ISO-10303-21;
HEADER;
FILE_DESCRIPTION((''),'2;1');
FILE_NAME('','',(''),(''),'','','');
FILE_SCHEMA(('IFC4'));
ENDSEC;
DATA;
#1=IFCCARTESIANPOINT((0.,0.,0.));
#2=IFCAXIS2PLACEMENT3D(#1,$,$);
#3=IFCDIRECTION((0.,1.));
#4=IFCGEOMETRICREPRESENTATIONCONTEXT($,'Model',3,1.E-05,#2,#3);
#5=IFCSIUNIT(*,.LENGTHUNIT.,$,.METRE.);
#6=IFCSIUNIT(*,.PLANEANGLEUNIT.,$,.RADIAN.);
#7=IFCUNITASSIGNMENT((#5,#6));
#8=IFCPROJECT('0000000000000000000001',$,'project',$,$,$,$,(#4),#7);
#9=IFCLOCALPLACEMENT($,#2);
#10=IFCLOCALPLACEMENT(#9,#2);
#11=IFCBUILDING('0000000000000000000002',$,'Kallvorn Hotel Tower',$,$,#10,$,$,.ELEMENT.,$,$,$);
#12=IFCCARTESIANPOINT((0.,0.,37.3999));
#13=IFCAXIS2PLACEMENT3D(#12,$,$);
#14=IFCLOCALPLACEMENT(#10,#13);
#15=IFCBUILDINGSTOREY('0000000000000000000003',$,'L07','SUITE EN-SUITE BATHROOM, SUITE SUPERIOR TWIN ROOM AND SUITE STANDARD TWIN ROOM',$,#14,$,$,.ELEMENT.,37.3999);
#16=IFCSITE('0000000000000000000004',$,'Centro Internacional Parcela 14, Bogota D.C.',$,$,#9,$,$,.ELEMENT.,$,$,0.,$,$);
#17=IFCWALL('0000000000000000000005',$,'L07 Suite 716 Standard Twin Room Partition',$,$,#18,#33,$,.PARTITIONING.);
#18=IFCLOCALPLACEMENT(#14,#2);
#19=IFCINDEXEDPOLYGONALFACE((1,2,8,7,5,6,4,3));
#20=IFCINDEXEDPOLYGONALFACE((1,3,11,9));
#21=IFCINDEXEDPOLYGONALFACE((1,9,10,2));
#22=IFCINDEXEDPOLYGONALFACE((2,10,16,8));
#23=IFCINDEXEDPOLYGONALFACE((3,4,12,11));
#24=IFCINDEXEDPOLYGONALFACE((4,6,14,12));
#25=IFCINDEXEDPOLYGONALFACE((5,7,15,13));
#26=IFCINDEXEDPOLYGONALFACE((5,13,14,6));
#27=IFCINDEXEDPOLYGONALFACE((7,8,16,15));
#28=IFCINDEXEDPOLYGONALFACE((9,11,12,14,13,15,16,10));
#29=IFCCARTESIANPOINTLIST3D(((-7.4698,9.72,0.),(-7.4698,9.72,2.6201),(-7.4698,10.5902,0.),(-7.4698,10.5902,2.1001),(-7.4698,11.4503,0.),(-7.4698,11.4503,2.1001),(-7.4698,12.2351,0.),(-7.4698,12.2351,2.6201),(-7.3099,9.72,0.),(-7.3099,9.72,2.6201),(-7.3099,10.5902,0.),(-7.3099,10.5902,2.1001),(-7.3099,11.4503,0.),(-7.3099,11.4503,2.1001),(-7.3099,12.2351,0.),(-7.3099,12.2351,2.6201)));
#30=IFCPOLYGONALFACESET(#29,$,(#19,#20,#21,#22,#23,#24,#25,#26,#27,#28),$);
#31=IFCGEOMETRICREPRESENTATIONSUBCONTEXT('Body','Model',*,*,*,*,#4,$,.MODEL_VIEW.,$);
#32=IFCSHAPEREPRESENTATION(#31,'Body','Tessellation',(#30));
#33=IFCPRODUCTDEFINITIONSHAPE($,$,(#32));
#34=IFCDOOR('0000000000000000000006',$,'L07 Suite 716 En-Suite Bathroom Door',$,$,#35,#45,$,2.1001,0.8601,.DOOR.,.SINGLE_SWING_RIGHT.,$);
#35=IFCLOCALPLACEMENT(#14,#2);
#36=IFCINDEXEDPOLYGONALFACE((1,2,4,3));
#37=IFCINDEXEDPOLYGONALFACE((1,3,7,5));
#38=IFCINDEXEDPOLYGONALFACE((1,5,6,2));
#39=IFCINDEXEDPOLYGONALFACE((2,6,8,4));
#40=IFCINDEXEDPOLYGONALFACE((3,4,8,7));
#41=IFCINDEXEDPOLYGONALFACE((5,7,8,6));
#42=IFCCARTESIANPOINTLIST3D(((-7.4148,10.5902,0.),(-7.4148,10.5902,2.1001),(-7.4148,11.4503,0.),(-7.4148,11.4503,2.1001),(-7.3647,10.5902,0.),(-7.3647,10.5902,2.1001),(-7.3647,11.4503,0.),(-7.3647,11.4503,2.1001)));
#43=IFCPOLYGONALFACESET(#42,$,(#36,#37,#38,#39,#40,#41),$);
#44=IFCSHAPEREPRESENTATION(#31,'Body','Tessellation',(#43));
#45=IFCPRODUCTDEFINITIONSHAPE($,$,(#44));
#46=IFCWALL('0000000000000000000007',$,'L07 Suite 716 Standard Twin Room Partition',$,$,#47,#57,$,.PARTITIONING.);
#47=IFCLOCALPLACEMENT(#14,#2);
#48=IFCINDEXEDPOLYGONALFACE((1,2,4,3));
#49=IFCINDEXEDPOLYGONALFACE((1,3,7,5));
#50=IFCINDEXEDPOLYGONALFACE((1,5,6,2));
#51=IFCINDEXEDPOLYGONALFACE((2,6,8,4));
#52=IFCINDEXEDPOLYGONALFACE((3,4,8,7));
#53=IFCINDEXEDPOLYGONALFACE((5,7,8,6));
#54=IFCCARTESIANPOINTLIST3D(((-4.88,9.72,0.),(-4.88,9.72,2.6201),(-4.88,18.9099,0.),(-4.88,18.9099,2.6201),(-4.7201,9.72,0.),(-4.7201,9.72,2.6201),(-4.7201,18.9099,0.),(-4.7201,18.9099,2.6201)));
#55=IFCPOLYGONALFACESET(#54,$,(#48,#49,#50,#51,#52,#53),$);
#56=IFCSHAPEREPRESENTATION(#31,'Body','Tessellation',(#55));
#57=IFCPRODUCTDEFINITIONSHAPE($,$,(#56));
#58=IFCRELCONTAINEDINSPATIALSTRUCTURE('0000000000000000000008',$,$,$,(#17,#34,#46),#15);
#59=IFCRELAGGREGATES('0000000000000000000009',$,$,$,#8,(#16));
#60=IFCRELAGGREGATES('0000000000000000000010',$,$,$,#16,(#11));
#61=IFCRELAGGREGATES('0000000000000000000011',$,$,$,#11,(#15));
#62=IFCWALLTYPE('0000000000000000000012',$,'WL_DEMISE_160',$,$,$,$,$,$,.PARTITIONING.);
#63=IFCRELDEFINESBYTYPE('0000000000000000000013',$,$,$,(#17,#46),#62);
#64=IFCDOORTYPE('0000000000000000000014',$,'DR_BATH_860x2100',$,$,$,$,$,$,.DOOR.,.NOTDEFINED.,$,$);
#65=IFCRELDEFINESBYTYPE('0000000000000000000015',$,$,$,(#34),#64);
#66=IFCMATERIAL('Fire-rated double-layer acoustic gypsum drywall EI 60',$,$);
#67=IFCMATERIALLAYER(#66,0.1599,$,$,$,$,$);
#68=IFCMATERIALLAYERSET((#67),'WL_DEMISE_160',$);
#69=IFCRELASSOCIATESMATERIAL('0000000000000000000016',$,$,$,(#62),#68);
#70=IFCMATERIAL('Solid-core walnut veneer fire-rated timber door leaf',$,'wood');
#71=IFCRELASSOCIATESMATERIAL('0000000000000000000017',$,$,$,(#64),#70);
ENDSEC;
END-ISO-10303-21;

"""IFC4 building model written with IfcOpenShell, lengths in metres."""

from ifc_helpers import new_model, si_unit, direction, frame, frame_2d, origin, place, context, subcontext, project, spatial, rectangle, extrude, material, layer, layer_set, type_object, element, fill, save


model = new_model("IFC4")

# Units and contexts
model_context = context("Model", 3, precision=1e-05, world=origin(), true_north=direction((0.0, 1.0)))
body_context = subcontext(model_context, "Body", "Model", "MODEL_VIEW")
ifc_project = project(units=[si_unit("LENGTHUNIT", "METRE"), si_unit("PLANEANGLEUNIT", "RADIAN")], contexts=[model_context])

# Site, building, storey
site_placement = place(None, origin())
site = spatial("IfcSite", under=ifc_project, at=site_placement, Name="Centro Internacional Parcela 14, Bogota D.C.", CompositionType="ELEMENT", RefElevation=0.0)
building_placement = place(site_placement, origin())
building = spatial("IfcBuilding", under=site, at=building_placement, Name="Kallvorn Hotel Tower", CompositionType="ELEMENT")
storey_placement = place(building_placement, frame((0.0, 0.0, 37.3999)))
storey = spatial("IfcBuildingStorey", under=building, at=storey_placement, Name="L07", Description="SUITE EN-SUITE BATHROOM, SUITE SUPERIOR TWIN ROOM AND SUITE STANDARD TWIN ROOM", CompositionType="ELEMENT", Elevation=37.3999)

# Shared definitions
ifc_material_1 = material(Name="Fire-rated double-layer acoustic gypsum drywall EI 60")
ifc_layer_1 = layer(ifc_material_1, 0.1599)
ifc_layer_set_1 = layer_set([ifc_layer_1], Name="WL_DEMISE_160")
wall_type = type_object("IfcWallType", Name="WL_DEMISE_160", PredefinedType="PARTITIONING", material=ifc_layer_set_1)

# Shared definitions
ifc_material_2 = material(Name="Solid-core walnut veneer fire-rated timber door leaf", Category="wood")
door_type = type_object("IfcDoorType", Name="DR_BATH_860x2100", OperationType="NOTDEFINED", PredefinedType="DOOR", material=ifc_material_2)

# Wall, opening, door
wall_1_placement = place(storey_placement, frame((-7.3899, 9.72, 0.0), z_axis=(0.0, 0.0, 1.0), x_axis=(0.0, 1.0, 0.0)))
wall_1 = element("IfcWall", 1, at=wall_1_placement, inside=storey, type_object=wall_type, Name="L07 Suite 716 Standard Twin Room Partition", PredefinedType="PARTITIONING", context=body_context, shape_type="SweptSolid", body=[
    extrude(rectangle(XDim=2.5151, YDim=0.1599, at=frame_2d((1.2576, 0.0))), origin(), (0.0, 0.0, 1.0), 2.6201),
])
opening_1_placement = place(wall_1_placement, frame((0.8701, 0.0, 0.0)))
opening_1 = element("IfcOpeningElement", 2, at=opening_1_placement, cuts=wall_1, PredefinedType="OPENING", context=body_context, shape_type="SweptSolid", body=[
    extrude(rectangle(XDim=0.8601, YDim=2.1001, at=frame_2d((0.4302, 1.05))), frame((0.0, 0.095, 0.0), z_axis=(0.0, -1.0, 0.0), x_axis=(1.0, 0.0, 0.0)), (0.0, 0.0, 1.0), 0.1899),
])
door_1_placement = place(opening_1_placement, origin())
door_1 = element("IfcDoor", 3, at=door_1_placement, inside=storey, type_object=door_type, Name="L07 Suite 716 En-Suite Bathroom Door", OperationType="SINGLE_SWING_RIGHT", OverallHeight=2.1001, OverallWidth=0.8601, PredefinedType="DOOR", context=body_context, shape_type="SweptSolid", body=[
    extrude(rectangle(XDim=0.8601, YDim=2.1001, at=frame_2d((0.4302, 1.05))), frame((0.0, 0.0249, 0.0), z_axis=(0.0, -1.0, 0.0), x_axis=(1.0, 0.0, 0.0)), (0.0, 0.0, 1.0), 0.05),
])
fill(opening_1, door_1)

# Wall
wall_2_placement = place(storey_placement, frame((-4.8, 9.72, 0.0), z_axis=(0.0, 0.0, 1.0), x_axis=(0.0, 1.0, 0.0)))
element("IfcWall", 4, at=wall_2_placement, inside=storey, type_object=wall_type, Name="L07 Suite 716 Standard Twin Room Partition", PredefinedType="PARTITIONING", context=body_context, shape_type="SweptSolid", body=[
    extrude(rectangle(XDim=9.1899, YDim=0.1599, at=frame_2d((4.595, 0.0))), origin(), (0.0, 0.0, 1.0), 2.6201),
])

save(model, "model.ifc")
